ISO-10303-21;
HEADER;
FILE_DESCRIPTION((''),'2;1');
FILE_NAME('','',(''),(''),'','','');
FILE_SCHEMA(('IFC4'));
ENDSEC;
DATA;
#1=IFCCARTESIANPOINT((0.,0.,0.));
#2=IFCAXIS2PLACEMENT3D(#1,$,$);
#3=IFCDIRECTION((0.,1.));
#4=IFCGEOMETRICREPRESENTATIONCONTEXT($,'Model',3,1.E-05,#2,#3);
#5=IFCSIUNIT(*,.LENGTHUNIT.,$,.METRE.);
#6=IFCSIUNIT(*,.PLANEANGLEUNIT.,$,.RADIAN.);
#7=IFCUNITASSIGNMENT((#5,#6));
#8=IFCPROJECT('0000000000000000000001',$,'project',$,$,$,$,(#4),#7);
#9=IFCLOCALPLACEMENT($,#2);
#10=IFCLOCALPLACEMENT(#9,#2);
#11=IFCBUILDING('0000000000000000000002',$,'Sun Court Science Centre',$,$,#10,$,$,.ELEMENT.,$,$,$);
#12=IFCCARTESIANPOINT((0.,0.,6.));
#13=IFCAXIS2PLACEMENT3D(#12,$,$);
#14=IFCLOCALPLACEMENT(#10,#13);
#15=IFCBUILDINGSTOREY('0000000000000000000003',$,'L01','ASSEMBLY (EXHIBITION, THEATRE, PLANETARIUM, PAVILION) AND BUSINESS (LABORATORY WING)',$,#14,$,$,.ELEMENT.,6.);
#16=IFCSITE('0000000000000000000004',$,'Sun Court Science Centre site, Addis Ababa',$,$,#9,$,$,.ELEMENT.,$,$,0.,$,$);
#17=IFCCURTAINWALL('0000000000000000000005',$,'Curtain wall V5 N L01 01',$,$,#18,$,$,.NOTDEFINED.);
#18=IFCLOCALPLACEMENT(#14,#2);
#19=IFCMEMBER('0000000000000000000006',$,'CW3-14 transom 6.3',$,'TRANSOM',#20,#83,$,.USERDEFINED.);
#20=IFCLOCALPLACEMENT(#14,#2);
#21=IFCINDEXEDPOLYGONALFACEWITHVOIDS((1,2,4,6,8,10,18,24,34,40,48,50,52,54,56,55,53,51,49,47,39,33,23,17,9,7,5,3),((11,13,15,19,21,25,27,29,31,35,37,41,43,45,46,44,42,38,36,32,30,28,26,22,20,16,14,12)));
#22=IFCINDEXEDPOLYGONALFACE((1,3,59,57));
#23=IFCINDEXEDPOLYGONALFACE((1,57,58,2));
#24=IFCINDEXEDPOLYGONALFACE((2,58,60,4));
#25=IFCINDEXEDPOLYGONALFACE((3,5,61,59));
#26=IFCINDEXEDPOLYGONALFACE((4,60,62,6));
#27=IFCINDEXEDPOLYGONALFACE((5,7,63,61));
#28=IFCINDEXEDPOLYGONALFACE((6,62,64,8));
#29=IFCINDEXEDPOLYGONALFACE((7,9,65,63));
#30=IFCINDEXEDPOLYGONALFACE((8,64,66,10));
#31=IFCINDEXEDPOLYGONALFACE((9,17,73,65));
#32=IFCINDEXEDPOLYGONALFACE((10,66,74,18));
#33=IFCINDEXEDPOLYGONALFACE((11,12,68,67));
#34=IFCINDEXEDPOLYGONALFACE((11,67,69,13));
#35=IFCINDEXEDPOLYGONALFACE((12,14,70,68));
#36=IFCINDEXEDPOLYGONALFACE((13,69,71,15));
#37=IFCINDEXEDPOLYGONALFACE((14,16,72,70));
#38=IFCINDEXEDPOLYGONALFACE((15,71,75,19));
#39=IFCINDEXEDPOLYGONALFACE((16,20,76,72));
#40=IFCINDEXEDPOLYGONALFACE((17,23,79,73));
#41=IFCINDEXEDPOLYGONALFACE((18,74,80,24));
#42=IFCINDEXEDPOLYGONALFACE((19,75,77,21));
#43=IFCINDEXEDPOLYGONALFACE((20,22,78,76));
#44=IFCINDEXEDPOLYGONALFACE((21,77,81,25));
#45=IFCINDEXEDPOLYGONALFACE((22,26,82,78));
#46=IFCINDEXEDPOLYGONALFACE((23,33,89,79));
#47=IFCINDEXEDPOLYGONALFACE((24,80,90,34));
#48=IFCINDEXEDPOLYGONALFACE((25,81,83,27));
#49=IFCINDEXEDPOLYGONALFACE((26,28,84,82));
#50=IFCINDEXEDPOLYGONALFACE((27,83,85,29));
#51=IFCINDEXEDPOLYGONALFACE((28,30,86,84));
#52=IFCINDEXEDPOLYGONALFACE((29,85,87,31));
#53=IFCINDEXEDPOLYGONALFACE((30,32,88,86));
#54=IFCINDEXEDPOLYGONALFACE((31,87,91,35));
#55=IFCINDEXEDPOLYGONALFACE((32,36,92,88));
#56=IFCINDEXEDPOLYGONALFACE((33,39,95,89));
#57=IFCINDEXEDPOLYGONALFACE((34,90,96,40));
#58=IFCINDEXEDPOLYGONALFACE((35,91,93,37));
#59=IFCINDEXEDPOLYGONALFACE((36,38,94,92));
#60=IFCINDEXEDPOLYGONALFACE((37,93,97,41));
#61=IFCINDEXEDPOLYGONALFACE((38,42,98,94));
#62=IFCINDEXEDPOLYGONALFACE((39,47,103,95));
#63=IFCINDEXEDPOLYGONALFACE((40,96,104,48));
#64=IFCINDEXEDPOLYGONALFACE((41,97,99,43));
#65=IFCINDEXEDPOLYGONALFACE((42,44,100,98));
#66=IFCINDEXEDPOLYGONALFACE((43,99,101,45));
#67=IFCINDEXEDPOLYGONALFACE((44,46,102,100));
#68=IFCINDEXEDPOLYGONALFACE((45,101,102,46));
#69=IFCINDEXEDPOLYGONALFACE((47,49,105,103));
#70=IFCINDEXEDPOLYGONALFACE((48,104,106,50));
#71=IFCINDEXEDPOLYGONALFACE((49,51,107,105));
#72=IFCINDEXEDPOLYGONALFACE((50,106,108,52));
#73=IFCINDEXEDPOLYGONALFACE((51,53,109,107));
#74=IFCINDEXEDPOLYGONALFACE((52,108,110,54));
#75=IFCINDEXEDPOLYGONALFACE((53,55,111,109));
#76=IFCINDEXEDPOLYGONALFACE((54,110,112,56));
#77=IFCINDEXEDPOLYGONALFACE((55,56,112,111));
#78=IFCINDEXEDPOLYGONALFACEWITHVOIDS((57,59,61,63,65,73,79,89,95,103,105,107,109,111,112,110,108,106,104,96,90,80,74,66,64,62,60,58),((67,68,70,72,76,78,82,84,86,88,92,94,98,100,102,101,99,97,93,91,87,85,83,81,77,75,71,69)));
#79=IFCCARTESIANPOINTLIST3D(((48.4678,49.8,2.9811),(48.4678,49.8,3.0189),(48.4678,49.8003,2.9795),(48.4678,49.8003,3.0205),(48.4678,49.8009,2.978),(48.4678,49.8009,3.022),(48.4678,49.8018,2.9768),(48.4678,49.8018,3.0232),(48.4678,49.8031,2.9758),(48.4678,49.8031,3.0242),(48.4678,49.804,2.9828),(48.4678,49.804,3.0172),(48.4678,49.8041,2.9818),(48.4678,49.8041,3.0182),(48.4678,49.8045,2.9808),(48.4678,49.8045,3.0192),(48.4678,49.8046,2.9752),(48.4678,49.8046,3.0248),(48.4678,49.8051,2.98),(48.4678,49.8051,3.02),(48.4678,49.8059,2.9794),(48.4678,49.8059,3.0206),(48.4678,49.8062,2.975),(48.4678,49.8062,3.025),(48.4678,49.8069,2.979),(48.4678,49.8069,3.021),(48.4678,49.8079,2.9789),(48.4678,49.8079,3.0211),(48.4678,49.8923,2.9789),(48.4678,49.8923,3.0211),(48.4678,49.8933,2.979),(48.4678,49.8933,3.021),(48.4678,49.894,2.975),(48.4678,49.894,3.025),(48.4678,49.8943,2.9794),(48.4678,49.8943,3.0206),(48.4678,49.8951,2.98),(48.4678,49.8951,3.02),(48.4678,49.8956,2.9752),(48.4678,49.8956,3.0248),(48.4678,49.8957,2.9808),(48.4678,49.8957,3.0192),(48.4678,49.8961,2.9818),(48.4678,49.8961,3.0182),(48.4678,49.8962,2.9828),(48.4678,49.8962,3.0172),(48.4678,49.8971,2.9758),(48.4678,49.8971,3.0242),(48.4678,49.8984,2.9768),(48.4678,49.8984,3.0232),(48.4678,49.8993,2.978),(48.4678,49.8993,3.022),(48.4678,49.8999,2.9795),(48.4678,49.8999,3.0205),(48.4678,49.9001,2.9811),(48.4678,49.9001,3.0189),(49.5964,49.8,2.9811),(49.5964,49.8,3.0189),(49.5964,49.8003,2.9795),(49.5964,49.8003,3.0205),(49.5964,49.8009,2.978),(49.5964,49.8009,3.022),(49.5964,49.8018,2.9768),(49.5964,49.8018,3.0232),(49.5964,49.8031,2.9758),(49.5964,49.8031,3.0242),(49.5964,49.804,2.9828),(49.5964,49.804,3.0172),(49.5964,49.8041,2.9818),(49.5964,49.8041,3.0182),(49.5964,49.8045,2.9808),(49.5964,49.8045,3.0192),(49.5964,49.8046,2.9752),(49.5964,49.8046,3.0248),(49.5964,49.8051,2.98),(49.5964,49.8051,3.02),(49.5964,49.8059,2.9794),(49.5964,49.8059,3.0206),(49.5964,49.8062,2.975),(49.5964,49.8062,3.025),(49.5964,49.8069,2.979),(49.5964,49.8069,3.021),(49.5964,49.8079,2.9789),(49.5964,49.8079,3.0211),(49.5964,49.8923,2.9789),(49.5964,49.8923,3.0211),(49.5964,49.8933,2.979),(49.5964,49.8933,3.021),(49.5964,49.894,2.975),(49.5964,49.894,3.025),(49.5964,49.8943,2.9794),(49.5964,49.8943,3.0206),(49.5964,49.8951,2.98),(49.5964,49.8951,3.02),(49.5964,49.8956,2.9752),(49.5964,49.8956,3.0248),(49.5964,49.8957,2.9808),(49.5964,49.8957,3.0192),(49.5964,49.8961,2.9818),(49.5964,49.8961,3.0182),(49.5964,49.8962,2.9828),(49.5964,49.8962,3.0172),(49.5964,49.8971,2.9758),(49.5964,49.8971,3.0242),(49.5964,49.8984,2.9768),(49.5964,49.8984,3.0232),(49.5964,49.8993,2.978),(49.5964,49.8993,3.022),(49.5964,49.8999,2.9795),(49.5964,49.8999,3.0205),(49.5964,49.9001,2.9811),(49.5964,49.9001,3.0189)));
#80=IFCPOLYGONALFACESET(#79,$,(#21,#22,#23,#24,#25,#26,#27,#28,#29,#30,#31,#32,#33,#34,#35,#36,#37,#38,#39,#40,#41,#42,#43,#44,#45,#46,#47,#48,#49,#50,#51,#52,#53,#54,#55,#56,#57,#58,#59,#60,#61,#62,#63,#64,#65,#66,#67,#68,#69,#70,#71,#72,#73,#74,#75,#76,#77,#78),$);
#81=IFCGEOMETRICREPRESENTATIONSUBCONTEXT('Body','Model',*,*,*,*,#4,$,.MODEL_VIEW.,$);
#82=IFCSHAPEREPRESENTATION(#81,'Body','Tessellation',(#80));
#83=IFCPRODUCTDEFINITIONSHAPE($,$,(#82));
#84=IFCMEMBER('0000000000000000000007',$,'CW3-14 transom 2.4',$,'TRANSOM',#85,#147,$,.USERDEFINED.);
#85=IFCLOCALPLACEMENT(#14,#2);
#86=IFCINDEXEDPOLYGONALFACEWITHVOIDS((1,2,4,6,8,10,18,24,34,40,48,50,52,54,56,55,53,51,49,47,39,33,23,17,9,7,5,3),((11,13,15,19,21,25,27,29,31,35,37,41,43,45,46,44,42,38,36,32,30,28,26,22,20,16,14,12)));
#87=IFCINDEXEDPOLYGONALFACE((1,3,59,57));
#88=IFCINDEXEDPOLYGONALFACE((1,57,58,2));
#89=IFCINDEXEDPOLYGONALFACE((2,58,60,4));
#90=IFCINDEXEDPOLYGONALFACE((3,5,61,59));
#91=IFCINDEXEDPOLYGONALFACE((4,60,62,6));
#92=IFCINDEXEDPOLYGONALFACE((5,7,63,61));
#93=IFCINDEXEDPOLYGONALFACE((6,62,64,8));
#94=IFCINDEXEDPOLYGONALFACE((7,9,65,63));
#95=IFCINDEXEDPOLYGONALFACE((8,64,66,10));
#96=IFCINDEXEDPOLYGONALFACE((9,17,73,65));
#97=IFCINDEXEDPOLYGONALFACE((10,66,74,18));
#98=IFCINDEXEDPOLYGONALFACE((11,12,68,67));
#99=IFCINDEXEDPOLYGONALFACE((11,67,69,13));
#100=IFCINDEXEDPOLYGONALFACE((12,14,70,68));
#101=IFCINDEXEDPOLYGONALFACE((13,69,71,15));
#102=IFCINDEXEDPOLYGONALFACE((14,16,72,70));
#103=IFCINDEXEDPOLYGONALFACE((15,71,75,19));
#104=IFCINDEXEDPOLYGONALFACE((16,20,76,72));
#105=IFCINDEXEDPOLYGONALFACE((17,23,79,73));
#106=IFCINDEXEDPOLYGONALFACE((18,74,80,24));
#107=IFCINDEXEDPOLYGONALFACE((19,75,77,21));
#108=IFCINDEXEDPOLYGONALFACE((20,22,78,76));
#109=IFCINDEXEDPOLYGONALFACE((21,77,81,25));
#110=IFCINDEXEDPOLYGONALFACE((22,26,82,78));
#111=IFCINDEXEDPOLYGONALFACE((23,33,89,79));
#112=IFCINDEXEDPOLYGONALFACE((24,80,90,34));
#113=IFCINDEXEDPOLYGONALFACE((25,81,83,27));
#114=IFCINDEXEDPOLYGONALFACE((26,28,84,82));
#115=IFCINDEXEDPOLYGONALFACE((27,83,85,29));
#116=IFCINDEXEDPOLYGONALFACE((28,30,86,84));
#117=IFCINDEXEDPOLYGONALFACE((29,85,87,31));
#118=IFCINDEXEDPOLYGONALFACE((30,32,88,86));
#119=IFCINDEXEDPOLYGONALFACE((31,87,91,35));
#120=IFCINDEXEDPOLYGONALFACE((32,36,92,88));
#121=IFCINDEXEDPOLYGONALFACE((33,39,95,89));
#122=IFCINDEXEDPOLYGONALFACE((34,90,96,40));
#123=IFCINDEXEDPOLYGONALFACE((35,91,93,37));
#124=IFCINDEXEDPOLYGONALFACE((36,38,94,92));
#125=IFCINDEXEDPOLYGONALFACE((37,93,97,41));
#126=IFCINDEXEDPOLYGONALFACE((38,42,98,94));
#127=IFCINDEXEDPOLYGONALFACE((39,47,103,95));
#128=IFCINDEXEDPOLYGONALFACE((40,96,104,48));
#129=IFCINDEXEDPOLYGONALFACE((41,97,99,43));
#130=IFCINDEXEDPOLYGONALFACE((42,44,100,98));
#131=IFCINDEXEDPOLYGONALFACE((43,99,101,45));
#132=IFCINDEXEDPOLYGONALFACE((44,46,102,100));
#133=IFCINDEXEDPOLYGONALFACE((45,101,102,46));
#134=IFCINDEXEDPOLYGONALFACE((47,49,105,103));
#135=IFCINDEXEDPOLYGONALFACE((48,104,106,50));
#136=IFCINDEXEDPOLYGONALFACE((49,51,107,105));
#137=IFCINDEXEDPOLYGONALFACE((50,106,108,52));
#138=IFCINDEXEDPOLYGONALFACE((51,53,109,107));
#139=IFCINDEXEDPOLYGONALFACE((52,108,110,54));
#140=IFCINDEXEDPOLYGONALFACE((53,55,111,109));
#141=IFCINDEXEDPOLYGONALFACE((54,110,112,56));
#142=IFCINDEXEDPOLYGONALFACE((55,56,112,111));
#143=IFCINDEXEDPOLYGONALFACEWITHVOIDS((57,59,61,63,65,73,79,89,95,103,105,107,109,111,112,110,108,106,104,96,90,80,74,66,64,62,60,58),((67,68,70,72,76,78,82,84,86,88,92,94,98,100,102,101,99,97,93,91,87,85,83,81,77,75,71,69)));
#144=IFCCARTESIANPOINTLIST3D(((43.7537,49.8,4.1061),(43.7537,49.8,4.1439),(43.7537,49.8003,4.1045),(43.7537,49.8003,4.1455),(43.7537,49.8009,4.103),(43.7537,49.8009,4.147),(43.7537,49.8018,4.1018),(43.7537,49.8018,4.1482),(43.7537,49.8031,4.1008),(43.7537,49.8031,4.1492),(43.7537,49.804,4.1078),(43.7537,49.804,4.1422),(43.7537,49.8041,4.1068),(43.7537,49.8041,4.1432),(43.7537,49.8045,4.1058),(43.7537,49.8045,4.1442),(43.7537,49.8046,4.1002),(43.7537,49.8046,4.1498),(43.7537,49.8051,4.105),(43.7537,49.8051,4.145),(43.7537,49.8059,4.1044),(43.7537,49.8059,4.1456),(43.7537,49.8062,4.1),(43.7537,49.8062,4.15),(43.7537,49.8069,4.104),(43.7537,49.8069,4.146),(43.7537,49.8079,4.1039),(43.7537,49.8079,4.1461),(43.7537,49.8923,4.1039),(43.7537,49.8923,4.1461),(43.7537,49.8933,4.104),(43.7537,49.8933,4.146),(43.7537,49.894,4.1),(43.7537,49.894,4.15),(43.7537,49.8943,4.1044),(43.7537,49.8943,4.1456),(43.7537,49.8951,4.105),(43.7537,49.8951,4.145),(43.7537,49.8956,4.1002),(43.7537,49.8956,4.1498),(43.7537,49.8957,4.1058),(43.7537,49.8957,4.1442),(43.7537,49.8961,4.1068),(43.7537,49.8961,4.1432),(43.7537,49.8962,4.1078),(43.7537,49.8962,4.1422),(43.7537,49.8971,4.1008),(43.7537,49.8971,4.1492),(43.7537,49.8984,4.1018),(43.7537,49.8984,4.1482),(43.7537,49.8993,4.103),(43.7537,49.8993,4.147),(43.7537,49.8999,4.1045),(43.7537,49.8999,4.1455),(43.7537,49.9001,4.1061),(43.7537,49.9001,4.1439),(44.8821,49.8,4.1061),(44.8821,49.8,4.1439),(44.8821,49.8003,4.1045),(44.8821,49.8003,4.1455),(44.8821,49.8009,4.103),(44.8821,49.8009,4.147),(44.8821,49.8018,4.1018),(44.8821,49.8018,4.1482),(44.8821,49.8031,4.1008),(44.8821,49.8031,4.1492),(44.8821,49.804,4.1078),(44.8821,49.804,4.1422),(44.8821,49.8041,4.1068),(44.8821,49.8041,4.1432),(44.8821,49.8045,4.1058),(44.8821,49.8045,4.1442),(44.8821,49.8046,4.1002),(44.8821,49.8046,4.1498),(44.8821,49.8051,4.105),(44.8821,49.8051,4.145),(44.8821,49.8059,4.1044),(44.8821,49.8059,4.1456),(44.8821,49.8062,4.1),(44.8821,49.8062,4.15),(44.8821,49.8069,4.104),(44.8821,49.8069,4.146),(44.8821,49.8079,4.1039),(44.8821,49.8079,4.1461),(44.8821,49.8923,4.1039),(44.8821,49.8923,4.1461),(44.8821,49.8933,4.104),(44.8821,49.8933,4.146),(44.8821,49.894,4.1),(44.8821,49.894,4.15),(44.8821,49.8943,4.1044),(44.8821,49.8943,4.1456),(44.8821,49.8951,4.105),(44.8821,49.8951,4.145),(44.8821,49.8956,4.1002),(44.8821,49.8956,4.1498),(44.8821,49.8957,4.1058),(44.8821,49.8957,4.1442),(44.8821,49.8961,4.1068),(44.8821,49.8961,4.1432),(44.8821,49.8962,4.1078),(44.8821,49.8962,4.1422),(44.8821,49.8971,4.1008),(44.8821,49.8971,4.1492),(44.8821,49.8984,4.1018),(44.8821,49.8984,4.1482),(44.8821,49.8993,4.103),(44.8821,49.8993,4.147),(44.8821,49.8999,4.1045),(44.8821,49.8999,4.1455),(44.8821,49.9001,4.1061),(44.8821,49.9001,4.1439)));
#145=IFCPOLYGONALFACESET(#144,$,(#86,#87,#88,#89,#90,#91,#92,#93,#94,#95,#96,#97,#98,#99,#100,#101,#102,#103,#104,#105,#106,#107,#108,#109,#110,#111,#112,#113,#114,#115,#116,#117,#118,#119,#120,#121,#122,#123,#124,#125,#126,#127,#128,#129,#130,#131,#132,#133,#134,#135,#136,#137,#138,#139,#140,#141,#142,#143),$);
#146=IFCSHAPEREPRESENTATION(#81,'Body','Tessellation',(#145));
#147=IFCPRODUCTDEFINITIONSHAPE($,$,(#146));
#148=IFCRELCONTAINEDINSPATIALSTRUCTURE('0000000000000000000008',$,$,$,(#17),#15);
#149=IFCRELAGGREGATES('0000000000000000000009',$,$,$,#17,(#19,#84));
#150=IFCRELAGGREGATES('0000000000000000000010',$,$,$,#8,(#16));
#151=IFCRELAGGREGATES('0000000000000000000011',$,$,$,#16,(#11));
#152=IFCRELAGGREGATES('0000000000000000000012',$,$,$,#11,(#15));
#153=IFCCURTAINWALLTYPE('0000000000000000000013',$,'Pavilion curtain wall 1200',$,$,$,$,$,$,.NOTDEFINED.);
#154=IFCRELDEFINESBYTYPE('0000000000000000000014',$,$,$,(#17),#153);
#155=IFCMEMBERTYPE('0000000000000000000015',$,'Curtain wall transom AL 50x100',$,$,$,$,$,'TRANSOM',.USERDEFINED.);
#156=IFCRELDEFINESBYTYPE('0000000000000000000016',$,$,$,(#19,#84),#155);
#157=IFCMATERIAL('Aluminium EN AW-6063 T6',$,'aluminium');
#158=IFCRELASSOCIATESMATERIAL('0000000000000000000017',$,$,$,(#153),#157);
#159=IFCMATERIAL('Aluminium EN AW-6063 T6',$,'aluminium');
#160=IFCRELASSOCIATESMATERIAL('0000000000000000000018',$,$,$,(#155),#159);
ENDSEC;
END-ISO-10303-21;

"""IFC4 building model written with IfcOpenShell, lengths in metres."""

from ifc_helpers import new_model, si_unit, direction, frame, origin, origin_2d, place, context, subcontext, project, spatial, hollow_rectangle, extrude, material, material_profile, profile_set, type_object, element, aggregate, save


model = new_model("IFC4")

# Units and contexts
model_context = context("Model", 3, precision=1e-05, world=origin(), true_north=direction((0.0, 1.0)))
body_context = subcontext(model_context, "Body", "Model", "MODEL_VIEW")
ifc_project = project(units=[si_unit("LENGTHUNIT", "METRE"), si_unit("PLANEANGLEUNIT", "RADIAN")], contexts=[model_context])

# Site, building, storey
site_placement = place(None, origin())
site = spatial("IfcSite", under=ifc_project, at=site_placement, Name="Sun Court Science Centre site, Addis Ababa", CompositionType="ELEMENT", RefElevation=0.0)
building_placement = place(site_placement, origin())
building = spatial("IfcBuilding", under=site, at=building_placement, Name="Sun Court Science Centre", CompositionType="ELEMENT")
storey_placement = place(building_placement, frame((0.0, 0.0, 6.0)))
storey = spatial("IfcBuildingStorey", under=building, at=storey_placement, Name="L01", Description="ASSEMBLY (EXHIBITION, THEATRE, PLANETARIUM, PAVILION) AND BUSINESS (LABORATORY WING)", CompositionType="ELEMENT", Elevation=6.0)

# Curtain wall, members
ifc_material_1 = material(Name="Aluminium EN AW-6063 T6", Category="aluminium")
curtain_wall_type = type_object("IfcCurtainWallType", Name="Pavilion curtain wall 1200", PredefinedType="NOTDEFINED", material=ifc_material_1)
curtain_wall_placement = place(storey_placement, origin())
curtain_wall = element("IfcCurtainWall", 1, at=curtain_wall_placement, inside=storey, type_object=curtain_wall_type, Name="Curtain wall V5 N L01 01", PredefinedType="NOTDEFINED")
ifc_material_2 = material(Name="Aluminium EN AW-6063 T6", Category="aluminium")
ifc_material_profile_1 = material_profile(ifc_material_2, hollow_rectangle(XDim=0.05, YDim=0.1001, WallThickness=0.0039, InnerFilletRadius=0.0039, OuterFilletRadius=0.0061, at=origin_2d()), Name="AL 50x100x4")
ifc_profile_set_1 = profile_set([ifc_material_profile_1], Name="Aluminium EN AW-6063 T6")
member_type_1 = type_object("IfcMemberType", Name="Curtain wall transom AL 50x100", ElementType="TRANSOM", PredefinedType="USERDEFINED", material=ifc_profile_set_1)
member_1_placement = place(storey_placement, frame((48.4678, 49.8501, 3.0), z_axis=(1.0, 0.0, 0.0), x_axis=(0.0, 0.0, 1.0)))
member_1 = element("IfcMember", 2, at=member_1_placement, type_object=member_type_1, Name="CW3-14 transom 6.3", ObjectType="TRANSOM", PredefinedType="USERDEFINED", context=body_context, shape_type="SweptSolid", body=[
    extrude(hollow_rectangle(XDim=0.05, YDim=0.1001, WallThickness=0.0039, InnerFilletRadius=0.0039, OuterFilletRadius=0.0061, at=origin_2d()), origin(), (0.0, 0.0, 1.0), 1.1287),
])
member_2_placement = place(storey_placement, frame((43.7537, 49.8501, 4.125), z_axis=(1.0, 0.0, 0.0), x_axis=(0.0, 0.0, 1.0)))
member_2 = element("IfcMember", 3, at=member_2_placement, type_object=member_type_1, Name="CW3-14 transom 2.4", ObjectType="TRANSOM", PredefinedType="USERDEFINED", context=body_context, shape_type="SweptSolid", body=[
    extrude(hollow_rectangle(XDim=0.05, YDim=0.1001, WallThickness=0.0039, InnerFilletRadius=0.0039, OuterFilletRadius=0.0061, at=origin_2d()), origin(), (0.0, 0.0, 1.0), 1.1284),
])
aggregate(curtain_wall, [member_1, member_2])

save(model, "model.ifc")
